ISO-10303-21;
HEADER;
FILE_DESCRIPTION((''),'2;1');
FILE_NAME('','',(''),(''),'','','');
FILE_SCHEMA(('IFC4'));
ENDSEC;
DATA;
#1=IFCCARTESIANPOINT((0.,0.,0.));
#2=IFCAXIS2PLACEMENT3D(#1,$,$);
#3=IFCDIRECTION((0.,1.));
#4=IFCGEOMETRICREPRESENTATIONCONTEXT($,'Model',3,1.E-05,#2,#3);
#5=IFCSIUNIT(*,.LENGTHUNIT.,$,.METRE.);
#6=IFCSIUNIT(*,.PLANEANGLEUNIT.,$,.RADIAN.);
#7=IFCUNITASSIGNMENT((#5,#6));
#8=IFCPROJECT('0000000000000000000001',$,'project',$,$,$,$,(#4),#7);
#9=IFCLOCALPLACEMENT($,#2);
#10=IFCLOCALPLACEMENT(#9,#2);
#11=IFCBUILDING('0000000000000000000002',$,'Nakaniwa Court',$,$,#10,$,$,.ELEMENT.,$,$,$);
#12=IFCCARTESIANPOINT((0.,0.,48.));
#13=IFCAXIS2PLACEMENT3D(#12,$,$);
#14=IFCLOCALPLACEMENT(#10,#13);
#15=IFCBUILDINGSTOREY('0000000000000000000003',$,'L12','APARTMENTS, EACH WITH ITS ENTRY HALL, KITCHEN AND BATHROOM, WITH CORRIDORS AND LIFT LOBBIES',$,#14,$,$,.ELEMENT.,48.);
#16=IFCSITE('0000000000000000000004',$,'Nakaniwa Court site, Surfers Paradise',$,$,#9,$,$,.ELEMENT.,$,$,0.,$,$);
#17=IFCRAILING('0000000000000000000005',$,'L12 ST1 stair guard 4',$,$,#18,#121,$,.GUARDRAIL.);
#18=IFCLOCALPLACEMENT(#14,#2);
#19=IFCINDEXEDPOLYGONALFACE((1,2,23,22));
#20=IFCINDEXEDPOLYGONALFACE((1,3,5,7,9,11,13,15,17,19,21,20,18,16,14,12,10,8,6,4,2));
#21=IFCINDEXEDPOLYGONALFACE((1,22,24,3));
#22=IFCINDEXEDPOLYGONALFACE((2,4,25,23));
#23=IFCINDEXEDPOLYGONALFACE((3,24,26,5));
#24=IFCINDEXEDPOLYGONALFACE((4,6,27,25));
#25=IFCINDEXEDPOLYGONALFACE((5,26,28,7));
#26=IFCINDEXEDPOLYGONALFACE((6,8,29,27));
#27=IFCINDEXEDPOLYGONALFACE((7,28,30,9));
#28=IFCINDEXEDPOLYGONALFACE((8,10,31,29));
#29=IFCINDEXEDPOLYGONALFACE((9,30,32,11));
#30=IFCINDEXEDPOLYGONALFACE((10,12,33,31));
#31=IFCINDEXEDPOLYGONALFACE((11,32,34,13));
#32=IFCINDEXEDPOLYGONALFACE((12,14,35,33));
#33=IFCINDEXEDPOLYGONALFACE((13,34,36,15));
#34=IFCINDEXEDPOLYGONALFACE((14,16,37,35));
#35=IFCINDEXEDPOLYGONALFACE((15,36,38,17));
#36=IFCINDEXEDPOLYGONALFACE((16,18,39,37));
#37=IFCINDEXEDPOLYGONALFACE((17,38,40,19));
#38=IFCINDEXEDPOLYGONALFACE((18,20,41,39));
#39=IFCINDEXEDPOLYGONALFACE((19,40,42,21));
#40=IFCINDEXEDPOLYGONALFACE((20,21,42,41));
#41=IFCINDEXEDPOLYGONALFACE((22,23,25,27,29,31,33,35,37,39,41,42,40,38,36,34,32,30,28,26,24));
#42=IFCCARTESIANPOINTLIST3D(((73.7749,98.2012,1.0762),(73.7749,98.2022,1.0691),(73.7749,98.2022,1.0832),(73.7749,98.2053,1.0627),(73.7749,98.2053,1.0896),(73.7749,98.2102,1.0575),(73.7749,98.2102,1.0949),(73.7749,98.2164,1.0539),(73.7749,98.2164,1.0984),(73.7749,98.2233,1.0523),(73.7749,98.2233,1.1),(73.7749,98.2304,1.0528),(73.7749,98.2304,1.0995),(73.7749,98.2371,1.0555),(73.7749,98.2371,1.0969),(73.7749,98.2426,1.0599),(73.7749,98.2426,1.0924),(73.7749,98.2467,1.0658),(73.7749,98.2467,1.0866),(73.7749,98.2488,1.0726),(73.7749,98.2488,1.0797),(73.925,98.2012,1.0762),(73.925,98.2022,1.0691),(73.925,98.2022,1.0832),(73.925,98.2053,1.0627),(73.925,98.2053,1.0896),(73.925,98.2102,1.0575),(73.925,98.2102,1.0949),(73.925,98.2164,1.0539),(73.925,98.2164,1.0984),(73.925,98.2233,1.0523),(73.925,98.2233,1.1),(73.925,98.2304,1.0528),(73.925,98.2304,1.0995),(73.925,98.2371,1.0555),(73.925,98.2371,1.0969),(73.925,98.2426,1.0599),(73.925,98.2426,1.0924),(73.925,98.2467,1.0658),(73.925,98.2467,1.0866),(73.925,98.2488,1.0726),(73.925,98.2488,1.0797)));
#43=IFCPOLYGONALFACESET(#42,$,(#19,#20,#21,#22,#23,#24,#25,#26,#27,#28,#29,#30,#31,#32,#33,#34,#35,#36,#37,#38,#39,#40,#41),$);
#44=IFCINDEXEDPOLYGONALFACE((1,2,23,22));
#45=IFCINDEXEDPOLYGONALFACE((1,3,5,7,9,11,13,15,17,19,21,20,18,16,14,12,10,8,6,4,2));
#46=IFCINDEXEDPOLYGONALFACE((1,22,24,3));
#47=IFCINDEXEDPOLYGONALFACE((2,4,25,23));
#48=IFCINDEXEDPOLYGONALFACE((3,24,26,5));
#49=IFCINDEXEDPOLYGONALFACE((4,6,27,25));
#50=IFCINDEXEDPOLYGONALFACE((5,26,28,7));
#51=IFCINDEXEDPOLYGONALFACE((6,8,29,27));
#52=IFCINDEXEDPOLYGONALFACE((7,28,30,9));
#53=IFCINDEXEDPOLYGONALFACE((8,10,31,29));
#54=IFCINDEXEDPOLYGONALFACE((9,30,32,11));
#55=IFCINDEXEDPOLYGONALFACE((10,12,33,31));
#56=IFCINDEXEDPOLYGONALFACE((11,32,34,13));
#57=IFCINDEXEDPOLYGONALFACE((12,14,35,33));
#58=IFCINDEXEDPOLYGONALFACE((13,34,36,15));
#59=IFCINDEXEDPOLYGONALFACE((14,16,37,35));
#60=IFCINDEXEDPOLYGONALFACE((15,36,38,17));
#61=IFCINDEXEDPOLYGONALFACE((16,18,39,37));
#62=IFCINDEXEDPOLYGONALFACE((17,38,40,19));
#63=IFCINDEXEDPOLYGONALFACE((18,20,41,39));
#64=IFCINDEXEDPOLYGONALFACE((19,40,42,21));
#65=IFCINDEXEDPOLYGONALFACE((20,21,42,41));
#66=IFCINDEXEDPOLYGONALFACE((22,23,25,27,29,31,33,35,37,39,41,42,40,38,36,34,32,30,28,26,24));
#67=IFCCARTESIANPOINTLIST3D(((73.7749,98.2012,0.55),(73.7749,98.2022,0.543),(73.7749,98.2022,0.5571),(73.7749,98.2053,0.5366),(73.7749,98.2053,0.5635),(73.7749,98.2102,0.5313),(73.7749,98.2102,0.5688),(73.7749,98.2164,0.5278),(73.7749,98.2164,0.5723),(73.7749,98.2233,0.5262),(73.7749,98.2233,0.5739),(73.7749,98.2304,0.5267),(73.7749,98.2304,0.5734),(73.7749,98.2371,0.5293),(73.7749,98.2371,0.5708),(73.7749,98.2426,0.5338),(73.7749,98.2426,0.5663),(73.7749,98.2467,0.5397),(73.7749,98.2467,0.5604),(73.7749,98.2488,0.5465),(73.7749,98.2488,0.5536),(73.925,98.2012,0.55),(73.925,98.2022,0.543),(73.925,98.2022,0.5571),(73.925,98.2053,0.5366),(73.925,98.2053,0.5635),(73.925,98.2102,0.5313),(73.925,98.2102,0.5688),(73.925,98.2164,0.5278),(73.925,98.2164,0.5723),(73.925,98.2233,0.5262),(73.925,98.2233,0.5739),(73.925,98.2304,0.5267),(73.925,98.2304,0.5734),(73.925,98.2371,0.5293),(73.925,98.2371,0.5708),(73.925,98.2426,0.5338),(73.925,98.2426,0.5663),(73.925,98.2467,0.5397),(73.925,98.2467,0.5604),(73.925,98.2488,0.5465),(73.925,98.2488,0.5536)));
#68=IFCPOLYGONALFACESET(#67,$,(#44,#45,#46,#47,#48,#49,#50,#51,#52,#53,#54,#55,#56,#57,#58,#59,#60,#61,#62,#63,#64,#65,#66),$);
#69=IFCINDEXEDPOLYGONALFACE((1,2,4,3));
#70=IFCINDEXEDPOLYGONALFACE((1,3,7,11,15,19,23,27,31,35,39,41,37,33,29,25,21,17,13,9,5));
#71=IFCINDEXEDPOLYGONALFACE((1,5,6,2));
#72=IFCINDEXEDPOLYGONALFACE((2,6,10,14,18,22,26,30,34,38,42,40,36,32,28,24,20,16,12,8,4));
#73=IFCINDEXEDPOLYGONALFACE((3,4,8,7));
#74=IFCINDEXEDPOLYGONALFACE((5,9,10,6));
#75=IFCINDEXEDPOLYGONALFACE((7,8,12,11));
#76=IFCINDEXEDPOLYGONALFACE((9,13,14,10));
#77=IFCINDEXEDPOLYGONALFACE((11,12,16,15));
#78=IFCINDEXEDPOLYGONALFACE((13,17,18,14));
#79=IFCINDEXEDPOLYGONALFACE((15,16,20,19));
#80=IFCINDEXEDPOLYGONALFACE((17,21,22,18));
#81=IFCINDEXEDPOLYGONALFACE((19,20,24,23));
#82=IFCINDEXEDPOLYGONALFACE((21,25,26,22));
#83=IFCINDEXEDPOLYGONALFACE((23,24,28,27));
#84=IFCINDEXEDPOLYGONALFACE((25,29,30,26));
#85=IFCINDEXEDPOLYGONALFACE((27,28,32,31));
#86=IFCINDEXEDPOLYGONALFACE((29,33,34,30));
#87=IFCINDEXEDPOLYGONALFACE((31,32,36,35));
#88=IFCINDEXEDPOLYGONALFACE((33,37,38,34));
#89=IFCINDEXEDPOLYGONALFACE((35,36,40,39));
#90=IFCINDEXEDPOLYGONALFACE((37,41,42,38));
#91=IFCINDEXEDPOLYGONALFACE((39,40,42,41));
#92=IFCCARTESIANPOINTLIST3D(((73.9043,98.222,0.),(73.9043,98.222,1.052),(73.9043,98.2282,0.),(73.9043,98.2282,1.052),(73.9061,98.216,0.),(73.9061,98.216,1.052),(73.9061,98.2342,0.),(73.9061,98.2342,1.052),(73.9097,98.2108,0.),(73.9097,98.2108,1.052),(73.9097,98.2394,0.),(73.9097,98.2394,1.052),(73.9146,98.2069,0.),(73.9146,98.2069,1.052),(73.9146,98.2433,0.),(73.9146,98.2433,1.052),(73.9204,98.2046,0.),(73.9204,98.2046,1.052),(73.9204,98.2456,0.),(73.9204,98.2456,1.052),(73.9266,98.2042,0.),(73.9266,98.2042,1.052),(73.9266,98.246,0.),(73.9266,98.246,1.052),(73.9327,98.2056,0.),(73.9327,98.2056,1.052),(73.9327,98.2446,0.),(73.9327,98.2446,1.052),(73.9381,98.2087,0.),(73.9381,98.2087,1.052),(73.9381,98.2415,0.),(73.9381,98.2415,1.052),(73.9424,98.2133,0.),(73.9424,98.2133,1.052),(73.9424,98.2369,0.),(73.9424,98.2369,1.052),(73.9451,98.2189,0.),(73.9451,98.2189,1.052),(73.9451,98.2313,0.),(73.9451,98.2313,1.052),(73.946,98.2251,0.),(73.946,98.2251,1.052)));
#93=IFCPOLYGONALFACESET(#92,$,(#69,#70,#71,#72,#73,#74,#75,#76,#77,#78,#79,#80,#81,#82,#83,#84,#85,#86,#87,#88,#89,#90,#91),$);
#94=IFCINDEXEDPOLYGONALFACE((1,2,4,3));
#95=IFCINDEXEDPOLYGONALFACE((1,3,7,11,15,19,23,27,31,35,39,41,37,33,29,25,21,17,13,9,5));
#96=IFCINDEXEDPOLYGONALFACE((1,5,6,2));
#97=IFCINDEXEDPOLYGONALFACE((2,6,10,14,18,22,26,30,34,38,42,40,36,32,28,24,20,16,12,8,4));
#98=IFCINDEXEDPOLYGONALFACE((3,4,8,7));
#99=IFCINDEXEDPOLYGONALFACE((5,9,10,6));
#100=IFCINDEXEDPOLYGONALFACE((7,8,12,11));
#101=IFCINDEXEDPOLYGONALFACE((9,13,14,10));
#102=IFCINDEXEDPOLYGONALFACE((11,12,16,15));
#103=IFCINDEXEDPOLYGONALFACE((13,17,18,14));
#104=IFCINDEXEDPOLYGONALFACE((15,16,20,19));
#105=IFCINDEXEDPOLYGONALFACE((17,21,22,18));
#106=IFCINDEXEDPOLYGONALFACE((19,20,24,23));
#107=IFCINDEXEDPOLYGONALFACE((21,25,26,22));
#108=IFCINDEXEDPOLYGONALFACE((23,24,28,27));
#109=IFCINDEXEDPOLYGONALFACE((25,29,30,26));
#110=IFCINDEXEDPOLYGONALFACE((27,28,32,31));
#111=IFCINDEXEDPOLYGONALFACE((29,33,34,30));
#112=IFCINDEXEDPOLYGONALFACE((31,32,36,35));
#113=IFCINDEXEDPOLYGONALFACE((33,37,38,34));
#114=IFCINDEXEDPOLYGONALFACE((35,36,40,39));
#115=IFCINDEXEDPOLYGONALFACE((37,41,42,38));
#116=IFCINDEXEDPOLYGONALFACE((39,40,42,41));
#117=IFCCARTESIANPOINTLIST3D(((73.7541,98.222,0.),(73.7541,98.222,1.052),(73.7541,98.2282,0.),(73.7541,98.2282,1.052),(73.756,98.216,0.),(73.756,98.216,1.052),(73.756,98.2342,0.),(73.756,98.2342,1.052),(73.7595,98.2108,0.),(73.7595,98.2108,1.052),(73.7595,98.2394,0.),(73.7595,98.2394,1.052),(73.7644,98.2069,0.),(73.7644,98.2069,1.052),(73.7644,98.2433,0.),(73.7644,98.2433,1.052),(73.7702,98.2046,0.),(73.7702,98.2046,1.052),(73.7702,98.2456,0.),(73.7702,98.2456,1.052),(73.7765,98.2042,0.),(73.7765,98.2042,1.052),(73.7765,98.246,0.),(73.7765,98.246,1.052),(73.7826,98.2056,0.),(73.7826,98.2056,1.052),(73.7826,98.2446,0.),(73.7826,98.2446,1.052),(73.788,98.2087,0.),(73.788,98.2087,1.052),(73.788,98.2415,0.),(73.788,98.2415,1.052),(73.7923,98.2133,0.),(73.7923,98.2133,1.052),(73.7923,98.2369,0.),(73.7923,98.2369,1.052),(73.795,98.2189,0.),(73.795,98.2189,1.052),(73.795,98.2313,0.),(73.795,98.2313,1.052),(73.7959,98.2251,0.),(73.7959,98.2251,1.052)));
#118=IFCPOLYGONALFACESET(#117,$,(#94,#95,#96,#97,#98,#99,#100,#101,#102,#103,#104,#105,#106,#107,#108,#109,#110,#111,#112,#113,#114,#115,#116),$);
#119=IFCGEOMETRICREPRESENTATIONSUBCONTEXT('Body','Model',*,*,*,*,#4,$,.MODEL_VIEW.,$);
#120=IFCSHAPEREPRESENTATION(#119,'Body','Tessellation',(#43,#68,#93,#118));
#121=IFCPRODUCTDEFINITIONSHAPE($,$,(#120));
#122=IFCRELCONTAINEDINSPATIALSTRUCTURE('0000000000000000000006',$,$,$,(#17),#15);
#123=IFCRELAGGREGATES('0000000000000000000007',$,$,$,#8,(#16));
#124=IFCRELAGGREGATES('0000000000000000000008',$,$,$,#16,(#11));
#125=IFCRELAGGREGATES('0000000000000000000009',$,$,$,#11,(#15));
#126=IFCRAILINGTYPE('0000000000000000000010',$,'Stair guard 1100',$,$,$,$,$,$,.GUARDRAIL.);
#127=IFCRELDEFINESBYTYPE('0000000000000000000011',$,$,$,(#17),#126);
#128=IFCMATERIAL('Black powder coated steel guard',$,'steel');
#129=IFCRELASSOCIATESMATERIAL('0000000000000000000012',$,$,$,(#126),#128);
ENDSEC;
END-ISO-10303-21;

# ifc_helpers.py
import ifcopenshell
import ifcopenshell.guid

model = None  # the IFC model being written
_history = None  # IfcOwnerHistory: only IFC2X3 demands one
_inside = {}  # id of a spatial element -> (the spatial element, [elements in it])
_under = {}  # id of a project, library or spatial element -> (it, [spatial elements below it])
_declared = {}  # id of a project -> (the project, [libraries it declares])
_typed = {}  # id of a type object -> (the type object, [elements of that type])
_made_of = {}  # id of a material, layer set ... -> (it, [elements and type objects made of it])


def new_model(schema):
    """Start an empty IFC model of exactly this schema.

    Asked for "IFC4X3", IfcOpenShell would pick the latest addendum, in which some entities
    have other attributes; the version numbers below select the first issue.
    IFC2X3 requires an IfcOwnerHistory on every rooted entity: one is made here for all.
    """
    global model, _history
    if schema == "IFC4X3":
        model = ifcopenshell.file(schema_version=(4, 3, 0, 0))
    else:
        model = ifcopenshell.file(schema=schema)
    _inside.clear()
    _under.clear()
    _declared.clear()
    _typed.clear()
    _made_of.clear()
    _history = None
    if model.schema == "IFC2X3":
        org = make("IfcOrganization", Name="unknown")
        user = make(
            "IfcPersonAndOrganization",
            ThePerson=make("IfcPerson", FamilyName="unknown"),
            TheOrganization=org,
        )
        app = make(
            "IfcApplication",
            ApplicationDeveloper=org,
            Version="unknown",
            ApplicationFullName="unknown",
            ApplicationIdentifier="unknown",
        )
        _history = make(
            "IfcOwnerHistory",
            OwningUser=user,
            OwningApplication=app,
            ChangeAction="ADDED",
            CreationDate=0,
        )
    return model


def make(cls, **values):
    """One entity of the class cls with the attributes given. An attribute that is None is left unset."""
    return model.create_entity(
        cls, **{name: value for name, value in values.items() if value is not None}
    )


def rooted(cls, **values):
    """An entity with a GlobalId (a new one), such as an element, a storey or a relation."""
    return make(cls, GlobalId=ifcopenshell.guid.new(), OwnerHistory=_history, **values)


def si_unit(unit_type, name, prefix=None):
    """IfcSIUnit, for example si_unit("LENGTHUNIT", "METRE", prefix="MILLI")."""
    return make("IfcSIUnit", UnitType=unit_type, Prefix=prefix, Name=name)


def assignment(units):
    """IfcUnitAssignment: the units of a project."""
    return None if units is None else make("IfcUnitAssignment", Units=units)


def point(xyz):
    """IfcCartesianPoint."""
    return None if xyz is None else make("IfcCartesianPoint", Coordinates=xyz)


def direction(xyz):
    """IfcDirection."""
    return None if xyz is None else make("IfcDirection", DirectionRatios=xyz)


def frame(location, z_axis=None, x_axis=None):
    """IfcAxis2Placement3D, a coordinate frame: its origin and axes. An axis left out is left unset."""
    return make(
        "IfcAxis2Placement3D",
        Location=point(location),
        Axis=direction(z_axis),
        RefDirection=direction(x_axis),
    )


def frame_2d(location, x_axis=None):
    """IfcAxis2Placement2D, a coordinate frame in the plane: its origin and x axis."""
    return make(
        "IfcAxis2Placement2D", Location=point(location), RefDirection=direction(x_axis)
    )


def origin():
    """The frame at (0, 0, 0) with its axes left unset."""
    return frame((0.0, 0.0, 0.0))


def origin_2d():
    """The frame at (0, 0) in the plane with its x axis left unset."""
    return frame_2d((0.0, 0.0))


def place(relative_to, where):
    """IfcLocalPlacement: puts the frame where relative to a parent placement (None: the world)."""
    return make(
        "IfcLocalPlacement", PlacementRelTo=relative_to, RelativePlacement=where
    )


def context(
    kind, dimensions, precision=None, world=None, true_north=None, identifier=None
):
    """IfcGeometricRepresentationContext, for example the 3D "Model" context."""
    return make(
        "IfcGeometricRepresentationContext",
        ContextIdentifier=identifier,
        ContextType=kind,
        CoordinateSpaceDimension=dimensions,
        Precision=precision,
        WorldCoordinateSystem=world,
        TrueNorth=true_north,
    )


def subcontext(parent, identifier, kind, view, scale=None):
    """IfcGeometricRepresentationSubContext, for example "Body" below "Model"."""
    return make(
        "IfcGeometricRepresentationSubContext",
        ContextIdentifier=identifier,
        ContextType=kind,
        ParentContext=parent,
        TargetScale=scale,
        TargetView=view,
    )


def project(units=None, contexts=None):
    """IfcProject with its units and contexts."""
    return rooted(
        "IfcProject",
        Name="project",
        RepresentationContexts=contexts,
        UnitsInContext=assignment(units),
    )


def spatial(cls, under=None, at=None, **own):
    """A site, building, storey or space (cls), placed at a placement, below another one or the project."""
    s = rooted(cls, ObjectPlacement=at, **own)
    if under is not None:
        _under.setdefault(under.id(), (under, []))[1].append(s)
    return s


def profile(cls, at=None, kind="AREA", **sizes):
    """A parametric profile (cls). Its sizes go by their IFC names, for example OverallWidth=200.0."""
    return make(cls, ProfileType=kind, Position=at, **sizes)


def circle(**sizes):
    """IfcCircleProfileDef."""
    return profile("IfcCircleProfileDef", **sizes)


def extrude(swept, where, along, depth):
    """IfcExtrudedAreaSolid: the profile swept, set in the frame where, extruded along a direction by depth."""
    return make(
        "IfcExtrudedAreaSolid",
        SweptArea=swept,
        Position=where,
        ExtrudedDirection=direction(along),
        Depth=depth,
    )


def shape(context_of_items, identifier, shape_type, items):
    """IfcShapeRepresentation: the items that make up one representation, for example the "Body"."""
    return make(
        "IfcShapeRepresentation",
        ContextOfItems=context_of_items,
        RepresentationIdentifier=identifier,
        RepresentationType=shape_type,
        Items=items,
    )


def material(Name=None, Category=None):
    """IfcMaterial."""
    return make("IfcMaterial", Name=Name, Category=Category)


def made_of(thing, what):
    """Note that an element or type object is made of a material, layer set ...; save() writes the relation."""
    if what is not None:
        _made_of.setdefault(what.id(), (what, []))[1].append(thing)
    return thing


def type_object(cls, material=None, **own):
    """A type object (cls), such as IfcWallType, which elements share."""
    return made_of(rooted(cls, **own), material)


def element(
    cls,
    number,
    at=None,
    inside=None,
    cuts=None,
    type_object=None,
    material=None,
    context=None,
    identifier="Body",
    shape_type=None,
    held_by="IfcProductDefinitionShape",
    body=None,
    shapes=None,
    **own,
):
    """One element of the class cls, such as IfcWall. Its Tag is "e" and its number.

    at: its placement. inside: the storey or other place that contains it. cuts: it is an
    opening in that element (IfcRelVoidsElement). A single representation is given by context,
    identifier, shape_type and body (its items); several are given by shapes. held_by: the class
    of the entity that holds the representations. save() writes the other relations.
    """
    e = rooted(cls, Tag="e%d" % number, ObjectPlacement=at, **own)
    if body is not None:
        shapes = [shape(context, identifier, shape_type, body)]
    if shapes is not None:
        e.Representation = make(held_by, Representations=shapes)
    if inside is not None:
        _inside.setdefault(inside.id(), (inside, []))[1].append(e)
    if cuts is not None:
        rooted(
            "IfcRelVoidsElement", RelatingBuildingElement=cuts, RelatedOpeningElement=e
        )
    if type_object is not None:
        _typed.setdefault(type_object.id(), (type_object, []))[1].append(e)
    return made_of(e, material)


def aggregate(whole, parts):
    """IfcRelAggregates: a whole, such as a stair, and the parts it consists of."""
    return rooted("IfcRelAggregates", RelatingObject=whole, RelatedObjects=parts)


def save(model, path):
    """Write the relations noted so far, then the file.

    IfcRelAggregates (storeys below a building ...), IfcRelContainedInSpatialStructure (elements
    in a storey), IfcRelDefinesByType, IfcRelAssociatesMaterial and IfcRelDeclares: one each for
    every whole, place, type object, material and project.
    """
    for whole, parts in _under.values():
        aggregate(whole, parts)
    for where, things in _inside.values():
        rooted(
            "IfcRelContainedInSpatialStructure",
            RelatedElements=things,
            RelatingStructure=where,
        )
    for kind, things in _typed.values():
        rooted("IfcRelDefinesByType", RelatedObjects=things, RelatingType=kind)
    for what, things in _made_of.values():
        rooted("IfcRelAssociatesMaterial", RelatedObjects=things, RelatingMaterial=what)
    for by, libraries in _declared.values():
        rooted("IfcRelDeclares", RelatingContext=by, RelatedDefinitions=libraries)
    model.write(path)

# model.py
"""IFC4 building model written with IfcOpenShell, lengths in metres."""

from ifc_helpers import new_model, si_unit, direction, frame, origin, origin_2d, place, context, subcontext, project, spatial, circle, extrude, material, type_object, element, save


model = new_model("IFC4")

# Units and contexts
model_context = context("Model", 3, precision=1e-05, world=origin(), true_north=direction((0.0, 1.0)))
body_context = subcontext(model_context, "Body", "Model", "MODEL_VIEW")
ifc_project = project(units=[si_unit("LENGTHUNIT", "METRE"), si_unit("PLANEANGLEUNIT", "RADIAN")], contexts=[model_context])

# Site, building, storey
site_placement = place(None, origin())
site = spatial("IfcSite", under=ifc_project, at=site_placement, Name="Nakaniwa Court site, Surfers Paradise", CompositionType="ELEMENT", RefElevation=0.0)
building_placement = place(site_placement, origin())
building = spatial("IfcBuilding", under=site, at=building_placement, Name="Nakaniwa Court", CompositionType="ELEMENT")
storey_placement = place(building_placement, frame((0.0, 0.0, 48.0)))
storey = spatial("IfcBuildingStorey", under=building, at=storey_placement, Name="L12", Description="APARTMENTS, EACH WITH ITS ENTRY HALL, KITCHEN AND BATHROOM, WITH CORRIDORS AND LIFT LOBBIES", CompositionType="ELEMENT", Elevation=48.0)

# Railing
ifc_material_1 = material(Name="Black powder coated steel guard", Category="steel")
railing_type_1 = type_object("IfcRailingType", Name="Stair guard 1100", PredefinedType="GUARDRAIL", material=ifc_material_1)
railing_1_placement = place(storey_placement, frame((73.925, 98.2251, 0.0)))
element("IfcRailing", 1, at=railing_1_placement, inside=storey, type_object=railing_type_1, Name="L12 ST1 stair guard 4", PredefinedType="GUARDRAIL", context=body_context, shape_type="SweptSolid", body=[
    extrude(circle(Radius=0.0239, at=origin_2d()), frame((0.0, 0.0, 1.0762), z_axis=(-1.0, 0.0, 0.0), x_axis=(0.0, -1.0, 0.0)), (0.0, 0.0, 1.0), 0.1501),
    extrude(circle(Radius=0.0239, at=origin_2d()), frame((0.0, 0.0, 0.55), z_axis=(-1.0, 0.0, 0.0), x_axis=(0.0, -1.0, 0.0)), (0.0, 0.0, 1.0), 0.1501),
    extrude(circle(Radius=0.021, at=origin_2d()), origin(), (0.0, 0.0, 1.0), 1.052),
    extrude(circle(Radius=0.021, at=origin_2d()), frame((-0.1501, 0.0, 0.0)), (0.0, 0.0, 1.0), 1.052),
])

save(model, "model.ifc")
